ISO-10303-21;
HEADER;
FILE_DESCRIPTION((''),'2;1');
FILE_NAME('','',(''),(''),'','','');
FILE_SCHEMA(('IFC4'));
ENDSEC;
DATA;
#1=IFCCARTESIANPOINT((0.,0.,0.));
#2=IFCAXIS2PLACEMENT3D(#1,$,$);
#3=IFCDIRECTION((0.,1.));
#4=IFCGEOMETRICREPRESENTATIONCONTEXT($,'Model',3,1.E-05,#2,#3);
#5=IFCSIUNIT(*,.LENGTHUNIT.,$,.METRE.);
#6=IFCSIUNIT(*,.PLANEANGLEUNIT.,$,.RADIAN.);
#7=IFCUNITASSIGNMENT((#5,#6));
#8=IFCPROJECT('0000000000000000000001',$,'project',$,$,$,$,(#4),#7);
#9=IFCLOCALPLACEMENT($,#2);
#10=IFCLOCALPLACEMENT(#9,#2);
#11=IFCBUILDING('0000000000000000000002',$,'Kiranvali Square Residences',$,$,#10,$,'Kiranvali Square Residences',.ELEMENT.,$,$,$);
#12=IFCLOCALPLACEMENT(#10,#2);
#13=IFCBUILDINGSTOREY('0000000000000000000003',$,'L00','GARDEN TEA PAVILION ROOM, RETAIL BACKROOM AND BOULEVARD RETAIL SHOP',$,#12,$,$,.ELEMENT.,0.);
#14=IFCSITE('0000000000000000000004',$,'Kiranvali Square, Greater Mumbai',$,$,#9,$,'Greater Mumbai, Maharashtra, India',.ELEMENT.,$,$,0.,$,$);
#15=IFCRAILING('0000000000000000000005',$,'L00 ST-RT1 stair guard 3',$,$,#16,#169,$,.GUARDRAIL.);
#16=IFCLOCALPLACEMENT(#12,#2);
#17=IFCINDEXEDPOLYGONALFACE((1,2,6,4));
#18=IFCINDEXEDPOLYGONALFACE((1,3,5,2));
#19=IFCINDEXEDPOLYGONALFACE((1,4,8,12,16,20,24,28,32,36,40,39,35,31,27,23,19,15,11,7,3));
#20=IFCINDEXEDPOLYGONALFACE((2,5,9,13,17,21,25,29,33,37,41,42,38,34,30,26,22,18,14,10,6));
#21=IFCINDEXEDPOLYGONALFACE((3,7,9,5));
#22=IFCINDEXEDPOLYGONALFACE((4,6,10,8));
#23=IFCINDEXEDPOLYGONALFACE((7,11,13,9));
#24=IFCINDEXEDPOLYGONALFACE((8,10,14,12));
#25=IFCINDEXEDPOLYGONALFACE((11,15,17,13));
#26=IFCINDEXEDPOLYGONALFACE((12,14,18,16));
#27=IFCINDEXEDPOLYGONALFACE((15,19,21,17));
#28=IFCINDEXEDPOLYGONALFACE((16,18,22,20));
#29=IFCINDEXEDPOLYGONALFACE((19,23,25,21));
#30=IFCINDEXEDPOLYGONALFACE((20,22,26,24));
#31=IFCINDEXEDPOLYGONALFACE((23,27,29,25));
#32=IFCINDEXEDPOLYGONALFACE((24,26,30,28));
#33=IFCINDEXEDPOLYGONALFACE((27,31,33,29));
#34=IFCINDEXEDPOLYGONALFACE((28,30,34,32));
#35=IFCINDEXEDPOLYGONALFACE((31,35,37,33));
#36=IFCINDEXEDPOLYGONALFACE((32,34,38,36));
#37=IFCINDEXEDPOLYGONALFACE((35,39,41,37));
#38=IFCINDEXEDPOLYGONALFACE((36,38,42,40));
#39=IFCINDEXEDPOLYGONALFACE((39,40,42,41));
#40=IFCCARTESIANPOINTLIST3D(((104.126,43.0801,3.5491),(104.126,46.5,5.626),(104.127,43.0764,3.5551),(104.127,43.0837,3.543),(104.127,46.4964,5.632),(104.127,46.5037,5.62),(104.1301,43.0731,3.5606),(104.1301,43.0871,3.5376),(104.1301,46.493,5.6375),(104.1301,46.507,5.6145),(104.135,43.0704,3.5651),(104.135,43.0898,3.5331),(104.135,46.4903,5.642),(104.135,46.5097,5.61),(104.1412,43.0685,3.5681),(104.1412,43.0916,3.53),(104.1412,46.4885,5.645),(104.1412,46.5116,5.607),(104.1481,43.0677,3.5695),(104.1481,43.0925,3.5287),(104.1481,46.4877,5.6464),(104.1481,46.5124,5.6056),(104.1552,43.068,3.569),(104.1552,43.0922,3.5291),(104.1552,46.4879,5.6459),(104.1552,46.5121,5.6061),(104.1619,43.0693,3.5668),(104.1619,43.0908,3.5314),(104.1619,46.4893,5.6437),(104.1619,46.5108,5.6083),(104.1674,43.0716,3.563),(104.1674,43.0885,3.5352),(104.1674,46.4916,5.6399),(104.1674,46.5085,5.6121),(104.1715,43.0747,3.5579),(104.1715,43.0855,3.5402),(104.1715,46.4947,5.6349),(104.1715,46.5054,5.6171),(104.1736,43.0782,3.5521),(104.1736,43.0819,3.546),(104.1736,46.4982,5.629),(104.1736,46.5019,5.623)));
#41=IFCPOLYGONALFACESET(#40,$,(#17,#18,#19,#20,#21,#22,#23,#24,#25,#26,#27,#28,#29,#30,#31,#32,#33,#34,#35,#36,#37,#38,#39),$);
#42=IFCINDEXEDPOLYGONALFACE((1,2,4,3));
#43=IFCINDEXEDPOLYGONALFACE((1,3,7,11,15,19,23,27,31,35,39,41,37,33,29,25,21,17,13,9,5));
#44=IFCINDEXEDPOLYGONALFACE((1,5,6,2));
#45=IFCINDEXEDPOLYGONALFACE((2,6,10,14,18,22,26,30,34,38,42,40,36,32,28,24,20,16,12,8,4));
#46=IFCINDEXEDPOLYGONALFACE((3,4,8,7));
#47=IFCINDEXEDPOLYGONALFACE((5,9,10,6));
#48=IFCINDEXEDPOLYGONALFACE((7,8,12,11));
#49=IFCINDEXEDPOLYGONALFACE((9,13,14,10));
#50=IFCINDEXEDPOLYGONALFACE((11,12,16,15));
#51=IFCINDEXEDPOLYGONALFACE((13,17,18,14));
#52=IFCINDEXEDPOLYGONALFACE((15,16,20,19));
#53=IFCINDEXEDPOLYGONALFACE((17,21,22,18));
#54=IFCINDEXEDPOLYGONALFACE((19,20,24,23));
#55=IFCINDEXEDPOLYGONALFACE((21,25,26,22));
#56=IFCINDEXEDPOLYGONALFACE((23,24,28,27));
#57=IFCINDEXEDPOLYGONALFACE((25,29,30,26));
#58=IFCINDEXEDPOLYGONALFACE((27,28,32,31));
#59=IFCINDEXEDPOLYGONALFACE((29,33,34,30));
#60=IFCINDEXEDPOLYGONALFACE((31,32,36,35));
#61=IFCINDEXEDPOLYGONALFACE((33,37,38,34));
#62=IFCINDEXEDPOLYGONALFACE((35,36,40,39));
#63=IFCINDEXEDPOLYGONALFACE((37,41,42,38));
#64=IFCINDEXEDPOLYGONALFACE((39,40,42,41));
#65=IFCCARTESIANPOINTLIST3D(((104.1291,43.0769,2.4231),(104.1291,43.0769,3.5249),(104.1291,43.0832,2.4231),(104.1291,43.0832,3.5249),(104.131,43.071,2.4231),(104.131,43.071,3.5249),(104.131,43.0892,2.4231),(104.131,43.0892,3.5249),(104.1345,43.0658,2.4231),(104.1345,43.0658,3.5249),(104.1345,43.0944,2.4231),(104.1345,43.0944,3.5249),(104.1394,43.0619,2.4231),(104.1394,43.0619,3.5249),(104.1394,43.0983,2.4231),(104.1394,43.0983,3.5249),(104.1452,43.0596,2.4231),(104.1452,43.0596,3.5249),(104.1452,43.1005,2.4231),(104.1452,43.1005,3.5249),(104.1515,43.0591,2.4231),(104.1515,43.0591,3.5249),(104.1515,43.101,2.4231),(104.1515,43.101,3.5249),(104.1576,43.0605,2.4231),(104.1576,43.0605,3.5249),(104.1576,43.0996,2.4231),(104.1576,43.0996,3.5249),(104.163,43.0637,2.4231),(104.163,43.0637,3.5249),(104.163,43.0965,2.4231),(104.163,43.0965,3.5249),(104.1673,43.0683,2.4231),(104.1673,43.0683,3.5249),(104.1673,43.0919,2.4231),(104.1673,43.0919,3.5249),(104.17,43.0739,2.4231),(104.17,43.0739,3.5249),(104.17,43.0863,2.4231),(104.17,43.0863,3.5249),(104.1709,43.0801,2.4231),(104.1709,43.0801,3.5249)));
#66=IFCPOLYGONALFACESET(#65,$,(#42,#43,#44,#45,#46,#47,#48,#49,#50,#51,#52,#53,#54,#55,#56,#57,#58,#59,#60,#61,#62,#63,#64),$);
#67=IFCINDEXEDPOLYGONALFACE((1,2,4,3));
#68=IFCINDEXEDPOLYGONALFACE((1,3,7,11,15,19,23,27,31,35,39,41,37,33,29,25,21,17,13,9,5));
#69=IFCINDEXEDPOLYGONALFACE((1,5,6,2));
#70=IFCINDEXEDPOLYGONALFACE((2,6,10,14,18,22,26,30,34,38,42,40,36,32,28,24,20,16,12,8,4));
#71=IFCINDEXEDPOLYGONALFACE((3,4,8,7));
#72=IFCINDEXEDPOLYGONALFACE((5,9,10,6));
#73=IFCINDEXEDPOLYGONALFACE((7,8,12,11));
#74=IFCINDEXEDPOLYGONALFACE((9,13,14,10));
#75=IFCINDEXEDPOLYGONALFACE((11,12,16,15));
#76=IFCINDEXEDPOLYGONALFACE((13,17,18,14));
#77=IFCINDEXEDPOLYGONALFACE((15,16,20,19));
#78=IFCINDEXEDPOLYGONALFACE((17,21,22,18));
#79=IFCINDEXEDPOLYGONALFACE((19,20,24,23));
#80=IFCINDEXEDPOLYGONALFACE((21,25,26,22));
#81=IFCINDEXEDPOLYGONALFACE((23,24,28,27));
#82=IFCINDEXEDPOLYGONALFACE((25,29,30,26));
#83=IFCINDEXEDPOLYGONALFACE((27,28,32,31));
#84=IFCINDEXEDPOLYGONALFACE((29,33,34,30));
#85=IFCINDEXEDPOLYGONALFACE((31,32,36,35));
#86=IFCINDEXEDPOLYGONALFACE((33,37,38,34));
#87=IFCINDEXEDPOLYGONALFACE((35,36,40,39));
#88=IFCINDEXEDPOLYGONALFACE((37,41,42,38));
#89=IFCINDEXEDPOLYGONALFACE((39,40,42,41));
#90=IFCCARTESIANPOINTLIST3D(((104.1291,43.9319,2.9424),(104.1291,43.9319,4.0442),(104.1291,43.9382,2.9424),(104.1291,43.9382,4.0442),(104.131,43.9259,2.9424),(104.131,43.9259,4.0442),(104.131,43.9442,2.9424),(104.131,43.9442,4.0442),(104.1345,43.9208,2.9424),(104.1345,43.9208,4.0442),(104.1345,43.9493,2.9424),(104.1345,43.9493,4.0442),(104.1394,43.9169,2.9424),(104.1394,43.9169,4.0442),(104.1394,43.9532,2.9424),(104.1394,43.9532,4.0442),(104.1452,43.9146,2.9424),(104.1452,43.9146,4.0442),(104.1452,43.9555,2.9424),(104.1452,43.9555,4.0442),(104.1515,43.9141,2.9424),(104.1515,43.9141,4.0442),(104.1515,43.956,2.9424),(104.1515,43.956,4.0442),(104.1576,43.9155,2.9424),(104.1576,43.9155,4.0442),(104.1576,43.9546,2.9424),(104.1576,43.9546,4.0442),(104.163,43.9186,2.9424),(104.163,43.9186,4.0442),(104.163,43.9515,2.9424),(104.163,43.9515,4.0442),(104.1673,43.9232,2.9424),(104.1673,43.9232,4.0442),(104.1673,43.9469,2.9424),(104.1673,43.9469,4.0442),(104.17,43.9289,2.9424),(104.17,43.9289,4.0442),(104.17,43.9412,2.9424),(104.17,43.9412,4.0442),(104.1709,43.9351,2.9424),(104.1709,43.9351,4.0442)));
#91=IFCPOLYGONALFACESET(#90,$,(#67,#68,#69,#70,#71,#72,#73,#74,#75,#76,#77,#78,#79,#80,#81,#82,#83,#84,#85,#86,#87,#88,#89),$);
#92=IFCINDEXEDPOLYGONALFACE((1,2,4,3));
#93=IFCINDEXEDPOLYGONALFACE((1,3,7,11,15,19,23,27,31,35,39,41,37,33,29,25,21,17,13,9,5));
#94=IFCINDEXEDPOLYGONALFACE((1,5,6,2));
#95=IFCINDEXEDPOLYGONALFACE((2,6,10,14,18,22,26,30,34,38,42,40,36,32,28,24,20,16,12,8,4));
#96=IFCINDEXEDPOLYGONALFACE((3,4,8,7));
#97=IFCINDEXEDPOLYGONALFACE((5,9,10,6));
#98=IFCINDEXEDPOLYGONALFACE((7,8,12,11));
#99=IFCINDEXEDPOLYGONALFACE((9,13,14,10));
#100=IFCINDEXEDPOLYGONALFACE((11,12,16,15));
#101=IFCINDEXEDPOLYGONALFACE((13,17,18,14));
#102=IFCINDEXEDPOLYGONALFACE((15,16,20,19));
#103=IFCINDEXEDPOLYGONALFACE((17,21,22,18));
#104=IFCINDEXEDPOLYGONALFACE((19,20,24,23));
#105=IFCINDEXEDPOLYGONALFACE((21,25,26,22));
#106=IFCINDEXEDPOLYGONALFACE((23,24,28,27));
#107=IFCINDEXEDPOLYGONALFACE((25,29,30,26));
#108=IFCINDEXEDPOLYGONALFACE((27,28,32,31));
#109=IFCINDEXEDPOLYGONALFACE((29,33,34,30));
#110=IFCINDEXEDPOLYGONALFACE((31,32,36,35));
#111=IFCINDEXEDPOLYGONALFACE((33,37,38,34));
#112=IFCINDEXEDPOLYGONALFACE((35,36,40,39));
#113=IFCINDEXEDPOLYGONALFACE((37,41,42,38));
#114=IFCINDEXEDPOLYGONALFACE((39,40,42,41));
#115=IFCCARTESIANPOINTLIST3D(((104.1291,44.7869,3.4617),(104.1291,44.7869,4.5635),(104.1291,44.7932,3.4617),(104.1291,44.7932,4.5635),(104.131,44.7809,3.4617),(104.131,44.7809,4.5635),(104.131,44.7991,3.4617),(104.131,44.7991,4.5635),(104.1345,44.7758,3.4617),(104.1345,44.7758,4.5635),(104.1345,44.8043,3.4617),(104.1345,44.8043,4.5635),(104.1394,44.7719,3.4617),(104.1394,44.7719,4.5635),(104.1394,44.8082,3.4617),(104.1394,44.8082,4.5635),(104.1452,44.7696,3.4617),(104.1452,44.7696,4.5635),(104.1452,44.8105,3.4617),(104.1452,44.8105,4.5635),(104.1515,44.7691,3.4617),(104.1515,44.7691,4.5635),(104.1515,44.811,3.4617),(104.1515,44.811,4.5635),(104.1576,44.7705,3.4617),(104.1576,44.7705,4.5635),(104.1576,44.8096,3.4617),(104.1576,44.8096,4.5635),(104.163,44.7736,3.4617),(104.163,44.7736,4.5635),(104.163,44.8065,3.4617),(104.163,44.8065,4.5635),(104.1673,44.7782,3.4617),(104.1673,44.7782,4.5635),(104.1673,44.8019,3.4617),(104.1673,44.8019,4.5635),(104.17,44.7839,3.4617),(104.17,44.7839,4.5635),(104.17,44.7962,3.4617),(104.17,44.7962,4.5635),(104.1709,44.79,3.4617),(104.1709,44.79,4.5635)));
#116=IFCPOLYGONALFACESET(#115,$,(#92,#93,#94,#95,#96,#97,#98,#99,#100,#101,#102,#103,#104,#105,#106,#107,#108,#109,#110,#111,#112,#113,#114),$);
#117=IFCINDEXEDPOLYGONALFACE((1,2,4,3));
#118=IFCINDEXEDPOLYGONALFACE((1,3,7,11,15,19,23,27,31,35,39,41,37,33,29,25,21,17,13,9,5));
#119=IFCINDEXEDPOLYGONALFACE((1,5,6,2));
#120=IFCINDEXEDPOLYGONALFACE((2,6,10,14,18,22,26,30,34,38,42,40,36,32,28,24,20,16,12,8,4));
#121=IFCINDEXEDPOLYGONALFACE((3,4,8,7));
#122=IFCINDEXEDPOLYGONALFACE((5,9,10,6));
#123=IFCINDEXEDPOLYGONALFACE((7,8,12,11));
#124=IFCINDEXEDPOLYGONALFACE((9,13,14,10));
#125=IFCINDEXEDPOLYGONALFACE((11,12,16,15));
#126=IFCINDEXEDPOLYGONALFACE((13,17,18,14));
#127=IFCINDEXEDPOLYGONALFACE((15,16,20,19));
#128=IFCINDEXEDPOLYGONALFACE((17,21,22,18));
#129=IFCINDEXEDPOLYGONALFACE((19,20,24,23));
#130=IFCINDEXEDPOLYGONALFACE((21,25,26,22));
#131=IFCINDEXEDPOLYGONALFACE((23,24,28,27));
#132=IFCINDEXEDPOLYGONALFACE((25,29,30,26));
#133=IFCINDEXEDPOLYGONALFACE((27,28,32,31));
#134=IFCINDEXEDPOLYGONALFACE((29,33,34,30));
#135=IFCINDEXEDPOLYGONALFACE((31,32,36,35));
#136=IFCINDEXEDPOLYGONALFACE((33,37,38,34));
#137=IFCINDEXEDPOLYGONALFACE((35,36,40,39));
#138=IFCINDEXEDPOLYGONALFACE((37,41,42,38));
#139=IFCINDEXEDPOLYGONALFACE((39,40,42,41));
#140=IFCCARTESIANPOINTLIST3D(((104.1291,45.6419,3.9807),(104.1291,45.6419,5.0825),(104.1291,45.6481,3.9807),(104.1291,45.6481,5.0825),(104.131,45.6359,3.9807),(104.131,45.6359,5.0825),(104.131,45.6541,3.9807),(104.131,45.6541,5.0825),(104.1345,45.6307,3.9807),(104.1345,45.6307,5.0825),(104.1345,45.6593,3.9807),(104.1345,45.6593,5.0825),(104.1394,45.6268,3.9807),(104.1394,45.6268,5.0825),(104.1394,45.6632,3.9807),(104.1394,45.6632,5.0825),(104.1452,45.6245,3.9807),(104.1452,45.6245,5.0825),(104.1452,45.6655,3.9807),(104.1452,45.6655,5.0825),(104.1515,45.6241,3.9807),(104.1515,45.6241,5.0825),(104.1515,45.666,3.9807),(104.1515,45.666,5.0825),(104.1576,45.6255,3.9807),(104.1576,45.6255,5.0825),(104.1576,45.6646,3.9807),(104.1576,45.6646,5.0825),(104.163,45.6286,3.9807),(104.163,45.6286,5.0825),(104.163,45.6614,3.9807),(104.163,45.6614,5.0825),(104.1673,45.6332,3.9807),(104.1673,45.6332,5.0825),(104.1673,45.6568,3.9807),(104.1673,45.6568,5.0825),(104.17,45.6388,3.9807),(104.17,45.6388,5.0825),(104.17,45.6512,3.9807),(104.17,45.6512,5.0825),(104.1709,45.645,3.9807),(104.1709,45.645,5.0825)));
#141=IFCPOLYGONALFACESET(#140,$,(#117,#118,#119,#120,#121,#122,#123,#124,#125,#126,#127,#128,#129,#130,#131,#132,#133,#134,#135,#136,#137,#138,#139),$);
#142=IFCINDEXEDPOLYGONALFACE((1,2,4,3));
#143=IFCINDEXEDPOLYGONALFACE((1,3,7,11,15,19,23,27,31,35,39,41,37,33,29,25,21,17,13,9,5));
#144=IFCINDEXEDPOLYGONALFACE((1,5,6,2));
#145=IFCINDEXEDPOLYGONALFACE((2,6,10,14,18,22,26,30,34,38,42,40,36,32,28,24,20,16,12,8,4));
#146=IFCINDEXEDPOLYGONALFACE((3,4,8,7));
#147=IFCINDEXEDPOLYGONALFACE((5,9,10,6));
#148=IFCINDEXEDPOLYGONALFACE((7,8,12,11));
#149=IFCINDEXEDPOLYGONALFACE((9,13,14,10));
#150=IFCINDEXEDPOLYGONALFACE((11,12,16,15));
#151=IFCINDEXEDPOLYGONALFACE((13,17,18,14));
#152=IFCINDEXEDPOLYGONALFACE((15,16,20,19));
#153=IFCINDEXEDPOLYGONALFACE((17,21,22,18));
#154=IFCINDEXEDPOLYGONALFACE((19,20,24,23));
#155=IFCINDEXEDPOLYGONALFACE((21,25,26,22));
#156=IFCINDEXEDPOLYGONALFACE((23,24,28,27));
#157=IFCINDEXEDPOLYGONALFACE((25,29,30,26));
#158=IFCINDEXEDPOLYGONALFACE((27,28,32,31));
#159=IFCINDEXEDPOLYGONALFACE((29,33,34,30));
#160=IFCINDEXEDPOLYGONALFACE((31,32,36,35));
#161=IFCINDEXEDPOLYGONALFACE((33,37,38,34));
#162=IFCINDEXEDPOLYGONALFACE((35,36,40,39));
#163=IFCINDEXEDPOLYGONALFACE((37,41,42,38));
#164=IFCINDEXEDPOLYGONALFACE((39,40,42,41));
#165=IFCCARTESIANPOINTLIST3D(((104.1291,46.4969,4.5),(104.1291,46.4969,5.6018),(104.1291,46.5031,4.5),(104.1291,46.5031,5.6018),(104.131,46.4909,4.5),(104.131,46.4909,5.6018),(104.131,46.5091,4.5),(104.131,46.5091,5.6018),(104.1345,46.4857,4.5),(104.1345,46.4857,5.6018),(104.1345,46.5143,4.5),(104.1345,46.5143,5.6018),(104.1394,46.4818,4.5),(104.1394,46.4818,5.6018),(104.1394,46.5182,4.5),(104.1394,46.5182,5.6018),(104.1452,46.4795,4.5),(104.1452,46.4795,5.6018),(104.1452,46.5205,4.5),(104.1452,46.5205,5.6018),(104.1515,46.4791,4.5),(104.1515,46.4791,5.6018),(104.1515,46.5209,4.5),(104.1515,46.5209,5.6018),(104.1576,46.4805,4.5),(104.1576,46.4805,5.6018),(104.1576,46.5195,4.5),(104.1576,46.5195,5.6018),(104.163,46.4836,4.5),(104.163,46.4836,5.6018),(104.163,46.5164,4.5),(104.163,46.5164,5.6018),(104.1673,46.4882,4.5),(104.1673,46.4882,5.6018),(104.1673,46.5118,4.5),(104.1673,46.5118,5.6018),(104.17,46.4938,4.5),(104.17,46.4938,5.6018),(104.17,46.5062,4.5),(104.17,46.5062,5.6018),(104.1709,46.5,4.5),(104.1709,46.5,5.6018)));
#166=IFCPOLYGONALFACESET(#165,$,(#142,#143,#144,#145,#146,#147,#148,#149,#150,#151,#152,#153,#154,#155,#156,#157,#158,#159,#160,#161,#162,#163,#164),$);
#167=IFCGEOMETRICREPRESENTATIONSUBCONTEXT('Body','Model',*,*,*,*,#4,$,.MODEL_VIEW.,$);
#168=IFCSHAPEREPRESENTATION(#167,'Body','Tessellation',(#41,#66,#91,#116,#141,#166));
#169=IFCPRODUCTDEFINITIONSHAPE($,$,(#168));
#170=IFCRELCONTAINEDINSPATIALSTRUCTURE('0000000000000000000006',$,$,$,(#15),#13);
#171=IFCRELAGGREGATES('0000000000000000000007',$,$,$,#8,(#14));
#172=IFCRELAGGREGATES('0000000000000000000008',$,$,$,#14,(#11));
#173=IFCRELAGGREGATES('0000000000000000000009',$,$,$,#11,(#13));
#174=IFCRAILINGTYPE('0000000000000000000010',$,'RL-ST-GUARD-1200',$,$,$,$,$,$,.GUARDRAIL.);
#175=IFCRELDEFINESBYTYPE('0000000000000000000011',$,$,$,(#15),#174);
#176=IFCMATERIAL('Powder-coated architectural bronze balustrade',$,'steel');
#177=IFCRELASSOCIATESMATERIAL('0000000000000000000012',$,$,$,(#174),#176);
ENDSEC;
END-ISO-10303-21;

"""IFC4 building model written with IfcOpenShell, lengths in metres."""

from ifc_helpers import new_model, si_unit, direction, frame, origin, origin_2d, place, context, subcontext, project, spatial, circle, extrude, material, type_object, element, save


model = new_model("IFC4")

# Units and contexts
model_context = context("Model", 3, precision=1e-05, world=origin(), true_north=direction((0.0, 1.0)))
body_context = subcontext(model_context, "Body", "Model", "MODEL_VIEW")
ifc_project = project(units=[si_unit("LENGTHUNIT", "METRE"), si_unit("PLANEANGLEUNIT", "RADIAN")], contexts=[model_context])

# Site, building, storey
site_placement = place(None, origin())
site = spatial("IfcSite", under=ifc_project, at=site_placement, Name="Kiranvali Square, Greater Mumbai", LongName="Greater Mumbai, Maharashtra, India", CompositionType="ELEMENT", RefElevation=0.0)
building_placement = place(site_placement, origin())
building = spatial("IfcBuilding", under=site, at=building_placement, Name="Kiranvali Square Residences", LongName="Kiranvali Square Residences", CompositionType="ELEMENT")
storey_placement = place(building_placement, origin())
storey = spatial("IfcBuildingStorey", under=building, at=storey_placement, Name="L00", Description="GARDEN TEA PAVILION ROOM, RETAIL BACKROOM AND BOULEVARD RETAIL SHOP", CompositionType="ELEMENT", Elevation=0.0)

# Railing
ifc_material_1 = material(Name="Powder-coated architectural bronze balustrade", Category="steel")
railing_type_1 = type_object("IfcRailingType", Name="RL-ST-GUARD-1200", PredefinedType="GUARDRAIL", material=ifc_material_1)
railing_1_placement = place(storey_placement, frame((104.1499, 43.0801, 2.4231)))
element("IfcRailing", 1, at=railing_1_placement, inside=storey, type_object=railing_type_1, Name="L00 ST-RT1 stair guard 3", PredefinedType="GUARDRAIL", context=body_context, shape_type="SweptSolid", body=[
    extrude(circle(Radius=0.0239, at=origin_2d()), frame((0.0, 0.0, 1.126), z_axis=(0.0, 0.85473, 0.519074), x_axis=(-1.0, 0.0, 0.0)), (0.0, 0.0, 1.0), 4.0012),
    extrude(circle(Radius=0.021, at=origin_2d()), origin(), (0.0, 0.0, 1.0), 1.1018),
    extrude(circle(Radius=0.021, at=origin_2d()), frame((0.0, 0.855, 0.5193)), (0.0, 0.0, 1.0), 1.1018),
    extrude(circle(Radius=0.021, at=origin_2d()), frame((0.0, 1.71, 1.0386)), (0.0, 0.0, 1.0), 1.1018),
    extrude(circle(Radius=0.021, at=origin_2d()), frame((0.0, 2.5649, 1.5576)), (0.0, 0.0, 1.0), 1.1018),
    extrude(circle(Radius=0.021, at=origin_2d()), frame((0.0, 3.4199, 2.0769)), (0.0, 0.0, 1.0), 1.1018),
])

save(model, "model.ifc")
